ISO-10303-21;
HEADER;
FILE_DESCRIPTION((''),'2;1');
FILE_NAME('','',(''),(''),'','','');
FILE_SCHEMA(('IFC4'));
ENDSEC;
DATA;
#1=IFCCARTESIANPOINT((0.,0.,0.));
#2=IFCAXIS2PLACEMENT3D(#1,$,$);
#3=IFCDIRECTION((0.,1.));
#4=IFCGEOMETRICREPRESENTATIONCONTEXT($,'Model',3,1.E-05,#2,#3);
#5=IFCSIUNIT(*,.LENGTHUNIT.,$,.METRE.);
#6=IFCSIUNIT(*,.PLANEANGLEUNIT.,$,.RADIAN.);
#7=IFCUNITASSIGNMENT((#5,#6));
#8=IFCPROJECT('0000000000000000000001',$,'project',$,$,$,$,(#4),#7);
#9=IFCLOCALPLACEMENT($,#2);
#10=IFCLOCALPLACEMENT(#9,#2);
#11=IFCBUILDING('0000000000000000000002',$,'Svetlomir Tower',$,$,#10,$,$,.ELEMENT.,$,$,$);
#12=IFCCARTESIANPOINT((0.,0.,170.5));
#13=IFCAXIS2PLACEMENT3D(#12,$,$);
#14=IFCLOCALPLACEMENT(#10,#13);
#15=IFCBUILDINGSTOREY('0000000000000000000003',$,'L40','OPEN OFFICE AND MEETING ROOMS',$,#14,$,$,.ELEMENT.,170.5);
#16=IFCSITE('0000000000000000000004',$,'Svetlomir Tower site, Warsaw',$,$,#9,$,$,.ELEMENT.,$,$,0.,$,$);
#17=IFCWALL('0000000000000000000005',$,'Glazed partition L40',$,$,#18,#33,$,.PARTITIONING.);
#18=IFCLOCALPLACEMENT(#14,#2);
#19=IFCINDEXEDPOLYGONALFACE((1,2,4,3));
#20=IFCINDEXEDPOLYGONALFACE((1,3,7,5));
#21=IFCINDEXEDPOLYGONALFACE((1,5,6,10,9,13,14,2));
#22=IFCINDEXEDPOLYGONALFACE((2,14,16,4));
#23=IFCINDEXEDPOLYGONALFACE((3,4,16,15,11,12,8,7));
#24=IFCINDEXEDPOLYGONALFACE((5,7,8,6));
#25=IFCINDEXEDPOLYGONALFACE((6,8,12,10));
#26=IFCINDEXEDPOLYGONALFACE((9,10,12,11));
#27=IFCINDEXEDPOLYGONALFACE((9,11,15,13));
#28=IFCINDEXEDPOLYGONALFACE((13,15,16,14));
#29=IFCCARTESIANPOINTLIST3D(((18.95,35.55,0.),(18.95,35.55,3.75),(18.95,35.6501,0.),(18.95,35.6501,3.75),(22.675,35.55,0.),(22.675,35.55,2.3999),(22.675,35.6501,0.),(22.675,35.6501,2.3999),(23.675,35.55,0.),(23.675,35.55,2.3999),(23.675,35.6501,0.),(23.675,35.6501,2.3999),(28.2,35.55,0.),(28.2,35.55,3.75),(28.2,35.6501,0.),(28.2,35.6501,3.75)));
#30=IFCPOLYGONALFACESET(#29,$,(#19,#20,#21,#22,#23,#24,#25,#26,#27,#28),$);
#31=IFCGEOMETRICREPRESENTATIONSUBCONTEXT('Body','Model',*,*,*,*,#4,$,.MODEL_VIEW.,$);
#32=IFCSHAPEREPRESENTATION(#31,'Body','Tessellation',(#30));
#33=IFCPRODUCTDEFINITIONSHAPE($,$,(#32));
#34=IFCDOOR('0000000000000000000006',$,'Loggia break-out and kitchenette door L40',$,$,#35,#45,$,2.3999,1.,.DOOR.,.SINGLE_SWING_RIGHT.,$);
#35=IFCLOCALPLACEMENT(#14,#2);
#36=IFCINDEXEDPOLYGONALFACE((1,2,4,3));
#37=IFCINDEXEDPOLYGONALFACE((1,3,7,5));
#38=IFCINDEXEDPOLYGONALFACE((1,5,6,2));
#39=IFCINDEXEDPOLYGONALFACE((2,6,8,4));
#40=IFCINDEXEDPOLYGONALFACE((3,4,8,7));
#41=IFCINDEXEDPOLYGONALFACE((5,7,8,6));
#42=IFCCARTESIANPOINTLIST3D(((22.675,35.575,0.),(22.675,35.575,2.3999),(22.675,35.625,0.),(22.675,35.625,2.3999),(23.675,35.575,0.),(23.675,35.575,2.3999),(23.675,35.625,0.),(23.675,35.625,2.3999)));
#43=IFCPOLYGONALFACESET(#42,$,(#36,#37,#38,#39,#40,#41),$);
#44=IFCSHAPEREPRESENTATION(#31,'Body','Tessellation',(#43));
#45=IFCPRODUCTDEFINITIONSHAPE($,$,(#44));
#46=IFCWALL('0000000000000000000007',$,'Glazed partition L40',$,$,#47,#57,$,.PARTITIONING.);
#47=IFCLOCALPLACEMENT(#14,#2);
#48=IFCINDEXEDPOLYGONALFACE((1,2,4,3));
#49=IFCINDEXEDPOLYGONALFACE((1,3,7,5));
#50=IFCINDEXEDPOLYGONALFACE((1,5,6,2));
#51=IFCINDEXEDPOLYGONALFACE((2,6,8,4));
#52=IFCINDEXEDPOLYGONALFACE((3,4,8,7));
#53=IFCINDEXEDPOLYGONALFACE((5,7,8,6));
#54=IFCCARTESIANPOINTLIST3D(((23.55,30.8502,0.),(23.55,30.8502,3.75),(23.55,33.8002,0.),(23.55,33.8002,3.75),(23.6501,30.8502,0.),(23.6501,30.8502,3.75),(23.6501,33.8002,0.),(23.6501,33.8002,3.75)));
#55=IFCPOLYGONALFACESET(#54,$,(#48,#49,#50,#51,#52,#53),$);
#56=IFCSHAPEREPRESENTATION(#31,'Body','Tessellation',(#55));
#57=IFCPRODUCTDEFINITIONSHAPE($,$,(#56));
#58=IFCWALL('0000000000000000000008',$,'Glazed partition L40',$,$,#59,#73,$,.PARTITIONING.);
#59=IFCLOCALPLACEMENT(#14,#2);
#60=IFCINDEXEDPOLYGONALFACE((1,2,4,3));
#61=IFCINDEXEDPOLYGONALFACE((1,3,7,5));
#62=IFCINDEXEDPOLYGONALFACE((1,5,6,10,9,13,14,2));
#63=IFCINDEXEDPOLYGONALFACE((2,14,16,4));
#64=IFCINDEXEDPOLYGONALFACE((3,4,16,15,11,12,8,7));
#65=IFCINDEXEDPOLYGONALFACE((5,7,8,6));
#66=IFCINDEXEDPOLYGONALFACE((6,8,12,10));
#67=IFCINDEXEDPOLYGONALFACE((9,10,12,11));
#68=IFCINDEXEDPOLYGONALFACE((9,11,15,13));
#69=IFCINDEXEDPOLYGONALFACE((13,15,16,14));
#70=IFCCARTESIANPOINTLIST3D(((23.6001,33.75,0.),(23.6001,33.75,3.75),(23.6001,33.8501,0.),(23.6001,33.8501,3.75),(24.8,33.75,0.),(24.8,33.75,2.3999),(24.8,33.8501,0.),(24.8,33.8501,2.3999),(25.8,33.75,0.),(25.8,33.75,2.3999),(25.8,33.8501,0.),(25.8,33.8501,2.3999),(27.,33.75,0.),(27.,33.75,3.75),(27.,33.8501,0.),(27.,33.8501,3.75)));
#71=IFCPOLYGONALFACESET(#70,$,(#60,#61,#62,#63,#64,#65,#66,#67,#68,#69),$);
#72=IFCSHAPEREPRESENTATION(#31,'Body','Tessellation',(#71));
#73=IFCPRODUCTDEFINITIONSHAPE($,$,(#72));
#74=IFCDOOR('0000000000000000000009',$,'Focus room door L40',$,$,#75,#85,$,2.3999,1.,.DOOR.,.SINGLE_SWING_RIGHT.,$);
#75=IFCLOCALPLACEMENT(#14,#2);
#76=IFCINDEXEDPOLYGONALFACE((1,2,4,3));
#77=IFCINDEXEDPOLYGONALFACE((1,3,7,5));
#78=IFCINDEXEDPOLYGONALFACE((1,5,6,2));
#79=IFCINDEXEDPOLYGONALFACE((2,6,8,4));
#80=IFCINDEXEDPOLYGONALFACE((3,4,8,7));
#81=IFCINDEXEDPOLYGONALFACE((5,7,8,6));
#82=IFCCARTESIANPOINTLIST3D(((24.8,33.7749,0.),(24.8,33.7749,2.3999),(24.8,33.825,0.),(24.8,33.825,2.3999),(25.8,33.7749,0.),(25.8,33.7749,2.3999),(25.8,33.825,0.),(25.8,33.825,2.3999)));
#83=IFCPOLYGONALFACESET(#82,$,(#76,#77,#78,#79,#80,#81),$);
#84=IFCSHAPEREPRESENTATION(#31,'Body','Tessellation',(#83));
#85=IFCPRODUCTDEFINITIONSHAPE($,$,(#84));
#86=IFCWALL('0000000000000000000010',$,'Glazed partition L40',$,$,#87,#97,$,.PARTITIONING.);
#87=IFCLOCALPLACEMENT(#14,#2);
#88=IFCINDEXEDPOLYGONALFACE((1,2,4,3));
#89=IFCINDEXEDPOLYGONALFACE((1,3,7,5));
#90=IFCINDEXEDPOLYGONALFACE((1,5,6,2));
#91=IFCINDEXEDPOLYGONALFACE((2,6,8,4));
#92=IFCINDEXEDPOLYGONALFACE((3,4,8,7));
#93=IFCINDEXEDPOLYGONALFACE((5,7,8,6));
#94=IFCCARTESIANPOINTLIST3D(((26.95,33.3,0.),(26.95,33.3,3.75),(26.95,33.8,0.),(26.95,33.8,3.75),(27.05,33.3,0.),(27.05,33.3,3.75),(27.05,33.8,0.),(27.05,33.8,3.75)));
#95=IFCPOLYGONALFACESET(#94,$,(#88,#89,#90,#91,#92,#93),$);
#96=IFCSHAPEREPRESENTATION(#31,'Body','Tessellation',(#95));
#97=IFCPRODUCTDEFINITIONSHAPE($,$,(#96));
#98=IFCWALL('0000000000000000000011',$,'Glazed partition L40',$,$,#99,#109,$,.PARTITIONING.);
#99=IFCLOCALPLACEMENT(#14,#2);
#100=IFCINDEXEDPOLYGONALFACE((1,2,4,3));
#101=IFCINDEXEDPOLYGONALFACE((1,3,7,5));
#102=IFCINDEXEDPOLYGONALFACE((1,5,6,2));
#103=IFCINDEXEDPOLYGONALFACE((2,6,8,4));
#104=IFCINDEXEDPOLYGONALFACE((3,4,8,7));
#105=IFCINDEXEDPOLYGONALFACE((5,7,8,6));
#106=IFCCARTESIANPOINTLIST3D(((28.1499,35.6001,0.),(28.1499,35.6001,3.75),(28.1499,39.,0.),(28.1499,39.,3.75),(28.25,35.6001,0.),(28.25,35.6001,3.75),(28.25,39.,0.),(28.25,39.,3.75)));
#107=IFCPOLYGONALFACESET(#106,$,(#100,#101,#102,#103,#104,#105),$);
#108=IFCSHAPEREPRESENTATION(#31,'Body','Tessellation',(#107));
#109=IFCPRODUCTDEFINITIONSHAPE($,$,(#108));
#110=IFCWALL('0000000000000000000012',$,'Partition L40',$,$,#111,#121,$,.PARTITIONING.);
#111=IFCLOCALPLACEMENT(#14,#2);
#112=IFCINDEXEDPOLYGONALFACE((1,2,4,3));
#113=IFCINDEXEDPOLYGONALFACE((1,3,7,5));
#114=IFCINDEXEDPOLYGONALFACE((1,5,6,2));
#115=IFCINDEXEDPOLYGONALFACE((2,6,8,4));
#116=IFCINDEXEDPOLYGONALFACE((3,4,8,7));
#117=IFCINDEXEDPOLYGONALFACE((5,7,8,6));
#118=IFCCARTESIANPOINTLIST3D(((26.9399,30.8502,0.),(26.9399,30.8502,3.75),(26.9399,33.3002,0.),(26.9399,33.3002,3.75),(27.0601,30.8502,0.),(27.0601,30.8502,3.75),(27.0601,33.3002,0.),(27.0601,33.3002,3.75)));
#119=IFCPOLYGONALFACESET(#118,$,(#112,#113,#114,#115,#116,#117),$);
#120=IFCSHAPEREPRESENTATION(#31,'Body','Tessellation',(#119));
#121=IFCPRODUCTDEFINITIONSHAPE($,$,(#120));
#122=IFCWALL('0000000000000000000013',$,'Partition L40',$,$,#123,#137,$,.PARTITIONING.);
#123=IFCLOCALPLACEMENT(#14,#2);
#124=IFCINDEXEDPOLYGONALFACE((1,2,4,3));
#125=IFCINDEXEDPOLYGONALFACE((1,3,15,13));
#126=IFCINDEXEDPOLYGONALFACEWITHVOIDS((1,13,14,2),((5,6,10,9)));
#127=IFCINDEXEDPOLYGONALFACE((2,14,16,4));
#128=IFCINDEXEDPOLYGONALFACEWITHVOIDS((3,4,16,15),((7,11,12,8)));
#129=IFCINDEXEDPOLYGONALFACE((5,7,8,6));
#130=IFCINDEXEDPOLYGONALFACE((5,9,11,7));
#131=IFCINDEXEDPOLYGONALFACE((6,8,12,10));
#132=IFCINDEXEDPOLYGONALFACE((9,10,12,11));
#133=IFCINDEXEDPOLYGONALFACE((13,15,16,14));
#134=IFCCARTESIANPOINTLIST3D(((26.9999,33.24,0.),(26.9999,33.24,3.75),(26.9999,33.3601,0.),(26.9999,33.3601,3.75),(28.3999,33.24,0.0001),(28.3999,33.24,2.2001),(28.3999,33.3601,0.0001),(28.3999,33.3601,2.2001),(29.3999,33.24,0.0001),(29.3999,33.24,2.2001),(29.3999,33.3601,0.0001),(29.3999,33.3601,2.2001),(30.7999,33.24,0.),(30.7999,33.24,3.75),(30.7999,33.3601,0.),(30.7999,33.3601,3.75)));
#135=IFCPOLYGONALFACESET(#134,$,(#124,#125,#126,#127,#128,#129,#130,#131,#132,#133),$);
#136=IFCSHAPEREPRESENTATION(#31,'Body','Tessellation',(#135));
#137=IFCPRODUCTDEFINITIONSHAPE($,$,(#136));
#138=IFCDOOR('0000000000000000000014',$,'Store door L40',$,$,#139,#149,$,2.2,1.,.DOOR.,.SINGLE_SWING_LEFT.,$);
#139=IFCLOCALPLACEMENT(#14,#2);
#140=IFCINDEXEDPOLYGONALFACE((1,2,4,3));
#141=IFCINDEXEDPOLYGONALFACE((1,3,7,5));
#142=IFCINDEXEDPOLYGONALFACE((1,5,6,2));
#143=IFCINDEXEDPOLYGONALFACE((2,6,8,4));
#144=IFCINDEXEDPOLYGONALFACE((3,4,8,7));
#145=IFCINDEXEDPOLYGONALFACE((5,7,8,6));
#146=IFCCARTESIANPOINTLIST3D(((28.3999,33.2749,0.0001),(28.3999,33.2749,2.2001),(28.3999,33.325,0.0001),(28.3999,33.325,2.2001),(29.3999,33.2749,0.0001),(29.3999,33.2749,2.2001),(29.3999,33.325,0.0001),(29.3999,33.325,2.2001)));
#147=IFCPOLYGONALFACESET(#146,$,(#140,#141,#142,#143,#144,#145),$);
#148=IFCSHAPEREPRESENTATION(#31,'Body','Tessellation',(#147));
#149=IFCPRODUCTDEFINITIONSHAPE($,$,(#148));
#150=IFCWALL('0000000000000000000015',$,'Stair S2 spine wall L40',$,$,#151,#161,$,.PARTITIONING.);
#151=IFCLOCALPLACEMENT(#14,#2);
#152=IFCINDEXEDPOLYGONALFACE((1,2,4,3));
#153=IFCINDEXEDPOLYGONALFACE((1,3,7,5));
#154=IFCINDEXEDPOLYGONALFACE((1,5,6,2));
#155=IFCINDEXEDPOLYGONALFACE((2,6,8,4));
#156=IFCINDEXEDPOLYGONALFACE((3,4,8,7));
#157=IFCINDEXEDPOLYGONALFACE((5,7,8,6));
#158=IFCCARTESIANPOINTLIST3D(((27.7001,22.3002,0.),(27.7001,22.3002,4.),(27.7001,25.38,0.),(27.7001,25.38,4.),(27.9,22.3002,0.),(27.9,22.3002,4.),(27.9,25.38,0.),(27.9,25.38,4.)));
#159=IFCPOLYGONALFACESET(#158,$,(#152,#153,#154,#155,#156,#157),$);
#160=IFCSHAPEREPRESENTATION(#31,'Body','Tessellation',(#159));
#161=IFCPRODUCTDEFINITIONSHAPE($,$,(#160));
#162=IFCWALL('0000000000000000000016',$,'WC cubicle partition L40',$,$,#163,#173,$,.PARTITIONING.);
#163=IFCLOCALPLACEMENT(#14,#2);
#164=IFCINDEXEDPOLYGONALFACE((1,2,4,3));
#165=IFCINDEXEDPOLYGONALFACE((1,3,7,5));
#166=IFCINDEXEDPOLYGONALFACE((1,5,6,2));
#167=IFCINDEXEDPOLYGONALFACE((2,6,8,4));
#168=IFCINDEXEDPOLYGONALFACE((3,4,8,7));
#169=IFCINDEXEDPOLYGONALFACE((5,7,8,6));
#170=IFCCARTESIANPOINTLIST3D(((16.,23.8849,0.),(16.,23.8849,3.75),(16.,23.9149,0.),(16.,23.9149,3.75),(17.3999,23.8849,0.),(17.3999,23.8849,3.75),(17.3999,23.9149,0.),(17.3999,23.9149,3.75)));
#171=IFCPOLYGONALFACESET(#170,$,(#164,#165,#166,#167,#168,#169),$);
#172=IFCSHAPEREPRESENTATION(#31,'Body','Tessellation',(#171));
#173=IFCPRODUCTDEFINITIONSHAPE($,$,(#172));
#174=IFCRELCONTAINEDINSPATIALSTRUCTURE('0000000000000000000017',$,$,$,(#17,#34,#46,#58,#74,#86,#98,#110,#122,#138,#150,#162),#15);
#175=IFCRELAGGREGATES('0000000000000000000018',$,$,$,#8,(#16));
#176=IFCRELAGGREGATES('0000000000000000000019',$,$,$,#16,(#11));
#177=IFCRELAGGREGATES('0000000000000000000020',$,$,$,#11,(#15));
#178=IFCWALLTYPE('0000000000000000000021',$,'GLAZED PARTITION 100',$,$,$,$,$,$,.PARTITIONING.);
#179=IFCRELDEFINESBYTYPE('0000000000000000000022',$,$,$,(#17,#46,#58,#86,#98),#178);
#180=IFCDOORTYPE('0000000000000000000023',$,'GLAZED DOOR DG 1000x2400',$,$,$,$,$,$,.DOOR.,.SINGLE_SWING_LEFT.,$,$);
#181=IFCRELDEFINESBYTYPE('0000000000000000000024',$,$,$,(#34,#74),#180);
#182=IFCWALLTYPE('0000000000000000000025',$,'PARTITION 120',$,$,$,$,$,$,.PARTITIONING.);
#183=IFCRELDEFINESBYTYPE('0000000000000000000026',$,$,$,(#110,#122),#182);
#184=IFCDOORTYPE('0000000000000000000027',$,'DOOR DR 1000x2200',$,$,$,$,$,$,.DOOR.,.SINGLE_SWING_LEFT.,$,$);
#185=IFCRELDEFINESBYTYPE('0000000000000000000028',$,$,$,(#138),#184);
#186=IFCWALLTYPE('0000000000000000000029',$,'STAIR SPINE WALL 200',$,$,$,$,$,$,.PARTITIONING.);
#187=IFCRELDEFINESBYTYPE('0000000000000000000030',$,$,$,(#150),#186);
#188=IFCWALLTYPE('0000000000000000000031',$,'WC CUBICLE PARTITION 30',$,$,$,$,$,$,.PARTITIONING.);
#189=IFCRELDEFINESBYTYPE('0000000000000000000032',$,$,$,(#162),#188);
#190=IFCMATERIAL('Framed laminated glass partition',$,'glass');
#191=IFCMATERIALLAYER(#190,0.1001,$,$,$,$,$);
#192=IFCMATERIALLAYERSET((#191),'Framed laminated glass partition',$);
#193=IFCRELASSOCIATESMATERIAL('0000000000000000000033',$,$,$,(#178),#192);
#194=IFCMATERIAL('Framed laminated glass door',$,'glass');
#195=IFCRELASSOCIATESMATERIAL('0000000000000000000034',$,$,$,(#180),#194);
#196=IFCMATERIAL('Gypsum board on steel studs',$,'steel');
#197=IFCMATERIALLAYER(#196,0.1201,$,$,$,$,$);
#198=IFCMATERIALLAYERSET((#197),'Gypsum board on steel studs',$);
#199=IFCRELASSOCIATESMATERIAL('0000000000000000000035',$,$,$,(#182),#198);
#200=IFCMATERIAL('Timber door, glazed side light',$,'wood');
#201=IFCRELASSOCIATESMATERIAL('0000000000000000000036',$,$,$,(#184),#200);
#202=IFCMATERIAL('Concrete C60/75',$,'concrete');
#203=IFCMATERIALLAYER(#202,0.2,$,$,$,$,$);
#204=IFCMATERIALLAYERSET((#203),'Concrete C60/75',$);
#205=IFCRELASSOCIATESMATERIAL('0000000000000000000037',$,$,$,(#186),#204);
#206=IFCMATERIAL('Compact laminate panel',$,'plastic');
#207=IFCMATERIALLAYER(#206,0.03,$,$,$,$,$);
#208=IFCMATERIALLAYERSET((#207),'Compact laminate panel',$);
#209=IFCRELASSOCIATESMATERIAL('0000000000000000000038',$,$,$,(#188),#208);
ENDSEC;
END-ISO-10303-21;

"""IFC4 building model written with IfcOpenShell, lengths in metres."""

from ifc_helpers import new_model, si_unit, direction, frame, frame_2d, origin, place, context, subcontext, project, spatial, rectangle, extrude, material, layer, layer_set, type_object, element, fill, save


model = new_model("IFC4")

# Units and contexts
model_context = context("Model", 3, precision=1e-05, world=origin(), true_north=direction((0.0, 1.0)))
body_context = subcontext(model_context, "Body", "Model", "MODEL_VIEW")
ifc_project = project(units=[si_unit("LENGTHUNIT", "METRE"), si_unit("PLANEANGLEUNIT", "RADIAN")], contexts=[model_context])

# Site, building, storey
site_placement = place(None, origin())
site = spatial("IfcSite", under=ifc_project, at=site_placement, Name="Svetlomir Tower site, Warsaw", CompositionType="ELEMENT", RefElevation=0.0)
building_placement = place(site_placement, origin())
building = spatial("IfcBuilding", under=site, at=building_placement, Name="Svetlomir Tower", CompositionType="ELEMENT")
storey_placement = place(building_placement, frame((0.0, 0.0, 170.5)))
storey = spatial("IfcBuildingStorey", under=building, at=storey_placement, Name="L40", Description="OPEN OFFICE AND MEETING ROOMS", CompositionType="ELEMENT", Elevation=170.5)

# Shared definitions
ifc_material_1 = material(Name="Framed laminated glass partition", Category="glass")
ifc_layer_1 = layer(ifc_material_1, 0.1001)
ifc_layer_set_1 = layer_set([ifc_layer_1], Name="Framed laminated glass partition")
wall_type_1 = type_object("IfcWallType", Name="GLAZED PARTITION 100", PredefinedType="PARTITIONING", material=ifc_layer_set_1)

# Wall, opening, door
wall_1_placement = place(storey_placement, frame((18.95, 35.6001, 0.0), z_axis=(0.0, 0.0, 1.0), x_axis=(1.0, 0.0, 0.0)))
wall_1 = element("IfcWall", 1, at=wall_1_placement, inside=storey, type_object=wall_type_1, Name="Glazed partition L40", PredefinedType="PARTITIONING", context=body_context, shape_type="SweptSolid", body=[
    extrude(rectangle(XDim=9.25, YDim=0.1001, at=frame_2d((4.625, 0.0))), origin(), (0.0, 0.0, 1.0), 3.75),
])
opening_1_placement = place(wall_1_placement, frame((3.7251, 0.0, 0.0)))
opening_1 = element("IfcOpeningElement", 2, at=opening_1_placement, cuts=wall_1, PredefinedType="OPENING", context=body_context, shape_type="SweptSolid", body=[
    extrude(rectangle(XDim=1.0, YDim=2.3999, at=frame_2d((0.5, 1.2))), frame((0.0, 0.0601, 0.0), z_axis=(0.0, -1.0, 0.0), x_axis=(1.0, 0.0, 0.0)), (0.0, 0.0, 1.0), 0.1201),
])
ifc_material_2 = material(Name="Framed laminated glass door", Category="glass")
door_type_1 = type_object("IfcDoorType", Name="GLAZED DOOR DG 1000x2400", OperationType="SINGLE_SWING_LEFT", PredefinedType="DOOR", material=ifc_material_2)
door_1_placement = place(opening_1_placement, origin())
door_1 = element("IfcDoor", 3, at=door_1_placement, inside=storey, type_object=door_type_1, Name="Loggia break-out and kitchenette door L40", OperationType="SINGLE_SWING_RIGHT", OverallHeight=2.3999, OverallWidth=1.0, PredefinedType="DOOR", context=body_context, shape_type="SweptSolid", body=[
    extrude(rectangle(XDim=1.0, YDim=2.3999, at=frame_2d((0.5, 1.2))), frame((0.0, 0.0249, 0.0), z_axis=(0.0, -1.0, 0.0), x_axis=(1.0, 0.0, 0.0)), (0.0, 0.0, 1.0), 0.05),
])
fill(opening_1, door_1)

# Wall
wall_2_placement = place(storey_placement, frame((23.6001, 30.8501, 0.0), z_axis=(0.0, 0.0, 1.0), x_axis=(0.0, 1.0, 0.0)))
element("IfcWall", 4, at=wall_2_placement, inside=storey, type_object=wall_type_1, Name="Glazed partition L40", PredefinedType="PARTITIONING", context=body_context, shape_type="SweptSolid", body=[
    extrude(rectangle(XDim=2.95, YDim=0.1001, at=frame_2d((1.4751, 0.0))), origin(), (0.0, 0.0, 1.0), 3.75),
])

# Wall, opening, door
wall_3_placement = place(storey_placement, frame((23.6001, 33.8, 0.0), z_axis=(0.0, 0.0, 1.0), x_axis=(1.0, 0.0, 0.0)))
wall_3 = element("IfcWall", 5, at=wall_3_placement, inside=storey, type_object=wall_type_1, Name="Glazed partition L40", PredefinedType="PARTITIONING", context=body_context, shape_type="SweptSolid", body=[
    extrude(rectangle(XDim=3.3999, YDim=0.1001, at=frame_2d((1.7, 0.0))), origin(), (0.0, 0.0, 1.0), 3.75),
])
opening_2_placement = place(wall_3_placement, frame((1.2, 0.0, 0.0)))
opening_2 = element("IfcOpeningElement", 6, at=opening_2_placement, cuts=wall_3, PredefinedType="OPENING", context=body_context, shape_type="SweptSolid", body=[
    extrude(rectangle(XDim=1.0, YDim=2.3999, at=frame_2d((0.5, 1.2))), frame((0.0, 0.0601, 0.0), z_axis=(0.0, -1.0, 0.0), x_axis=(1.0, 0.0, 0.0)), (0.0, 0.0, 1.0), 0.1201),
])
door_2_placement = place(opening_2_placement, origin())
door_2 = element("IfcDoor", 7, at=door_2_placement, inside=storey, type_object=door_type_1, Name="Focus room door L40", OperationType="SINGLE_SWING_RIGHT", OverallHeight=2.3999, OverallWidth=1.0, PredefinedType="DOOR", context=body_context, shape_type="SweptSolid", body=[
    extrude(rectangle(XDim=1.0, YDim=2.3999, at=frame_2d((0.5, 1.2))), frame((0.0, 0.0249, 0.0), z_axis=(0.0, -1.0, 0.0), x_axis=(1.0, 0.0, 0.0)), (0.0, 0.0, 1.0), 0.05),
])
fill(opening_2, door_2)

# Walls
wall_4_placement = place(storey_placement, frame((27.0, 33.3, 0.0), z_axis=(0.0, 0.0, 1.0), x_axis=(0.0, 1.0, 0.0)))
element("IfcWall", 8, at=wall_4_placement, inside=storey, type_object=wall_type_1, Name="Glazed partition L40", PredefinedType="PARTITIONING", context=body_context, shape_type="SweptSolid", body=[
    extrude(rectangle(XDim=0.5, YDim=0.1001, at=frame_2d((0.25, 0.0))), origin(), (0.0, 0.0, 1.0), 3.75),
])
wall_5_placement = place(storey_placement, frame((28.2, 35.6001, 0.0), z_axis=(0.0, 0.0, 1.0), x_axis=(0.0, 1.0, 0.0)))
element("IfcWall", 9, at=wall_5_placement, inside=storey, type_object=wall_type_1, Name="Glazed partition L40", PredefinedType="PARTITIONING", context=body_context, shape_type="SweptSolid", body=[
    extrude(rectangle(XDim=3.3999, YDim=0.1001, at=frame_2d((1.7, 0.0))), origin(), (0.0, 0.0, 1.0), 3.75),
])
ifc_material_3 = material(Name="Gypsum board on steel studs", Category="steel")
ifc_layer_2 = layer(ifc_material_3, 0.1201)
ifc_layer_set_2 = layer_set([ifc_layer_2], Name="Gypsum board on steel studs")
wall_type_2 = type_object("IfcWallType", Name="PARTITION 120", PredefinedType="PARTITIONING", material=ifc_layer_set_2)
wall_6_placement = place(storey_placement, frame((27.0, 30.8501, 0.0), z_axis=(0.0, 0.0, 1.0), x_axis=(0.0, 1.0, 0.0)))
element("IfcWall", 10, at=wall_6_placement, inside=storey, type_object=wall_type_2, Name="Partition L40", PredefinedType="PARTITIONING", context=body_context, shape_type="SweptSolid", body=[
    extrude(rectangle(XDim=2.45, YDim=0.1201, at=frame_2d((1.2251, 0.0))), origin(), (0.0, 0.0, 1.0), 3.75),
])

# Wall, opening, door
wall_7_placement = place(storey_placement, frame((27.0, 33.3, 0.0), z_axis=(0.0, 0.0, 1.0), x_axis=(1.0, 0.0, 0.0)))
wall_7 = element("IfcWall", 11, at=wall_7_placement, inside=storey, type_object=wall_type_2, Name="Partition L40", PredefinedType="PARTITIONING", context=body_context, shape_type="SweptSolid", body=[
    extrude(rectangle(XDim=3.8, YDim=0.1201, at=frame_2d((1.8999, 0.0))), origin(), (0.0, 0.0, 1.0), 3.75),
])
opening_3_placement = place(wall_7_placement, frame((1.3999, 0.0, 0.0)))
opening_3 = element("IfcOpeningElement", 12, at=opening_3_placement, cuts=wall_7, PredefinedType="OPENING", context=body_context, shape_type="SweptSolid", body=[
    extrude(rectangle(XDim=1.0, YDim=2.2, at=frame_2d((0.5, 1.1001))), frame((0.0, 0.0701, 0.0), z_axis=(0.0, -1.0, 0.0), x_axis=(1.0, 0.0, 0.0)), (0.0, 0.0, 1.0), 0.1401),
])
ifc_material_4 = material(Name="Timber door, glazed side light", Category="wood")
door_type_2 = type_object("IfcDoorType", Name="DOOR DR 1000x2200", OperationType="SINGLE_SWING_LEFT", PredefinedType="DOOR", material=ifc_material_4)
door_3_placement = place(opening_3_placement, origin())
door_3 = element("IfcDoor", 13, at=door_3_placement, inside=storey, type_object=door_type_2, Name="Store door L40", OperationType="SINGLE_SWING_LEFT", OverallHeight=2.2, OverallWidth=1.0, PredefinedType="DOOR", context=body_context, shape_type="SweptSolid", body=[
    extrude(rectangle(XDim=1.0, YDim=2.2, at=frame_2d((0.5, 1.1001))), frame((0.0, 0.0249, 0.0), z_axis=(0.0, -1.0, 0.0), x_axis=(1.0, 0.0, 0.0)), (0.0, 0.0, 1.0), 0.05),
])
fill(opening_3, door_3)

# Walls
ifc_material_5 = material(Name="Concrete C60/75", Category="concrete")
ifc_layer_3 = layer(ifc_material_5, 0.2)
ifc_layer_set_3 = layer_set([ifc_layer_3], Name="Concrete C60/75")
wall_type_3 = type_object("IfcWallType", Name="STAIR SPINE WALL 200", PredefinedType="PARTITIONING", material=ifc_layer_set_3)
wall_8_placement = place(storey_placement, frame((27.8, 22.3, 0.0), z_axis=(0.0, 0.0, 1.0), x_axis=(0.0, 1.0, 0.0)))
element("IfcWall", 14, at=wall_8_placement, inside=storey, type_object=wall_type_3, Name="Stair S2 spine wall L40", PredefinedType="PARTITIONING", context=body_context, shape_type="SweptSolid", body=[
    extrude(rectangle(XDim=3.0798, YDim=0.2, at=frame_2d((1.54, 0.0))), origin(), (0.0, 0.0, 1.0), 4.0),
])
ifc_material_6 = material(Name="Compact laminate panel", Category="plastic")
ifc_layer_4 = layer(ifc_material_6, 0.03)
ifc_layer_set_4 = layer_set([ifc_layer_4], Name="Compact laminate panel")
wall_type_4 = type_object("IfcWallType", Name="WC CUBICLE PARTITION 30", PredefinedType="PARTITIONING", material=ifc_layer_set_4)
wall_9_placement = place(storey_placement, frame((16.0, 23.8999, 0.0), z_axis=(0.0, 0.0, 1.0), x_axis=(1.0, 0.0, 0.0)))
element("IfcWall", 15, at=wall_9_placement, inside=storey, type_object=wall_type_4, Name="WC cubicle partition L40", PredefinedType="PARTITIONING", context=body_context, shape_type="SweptSolid", body=[
    extrude(rectangle(XDim=1.3999, YDim=0.03, at=frame_2d((0.7, 0.0))), origin(), (0.0, 0.0, 1.0), 3.75),
])

save(model, "model.ifc")
